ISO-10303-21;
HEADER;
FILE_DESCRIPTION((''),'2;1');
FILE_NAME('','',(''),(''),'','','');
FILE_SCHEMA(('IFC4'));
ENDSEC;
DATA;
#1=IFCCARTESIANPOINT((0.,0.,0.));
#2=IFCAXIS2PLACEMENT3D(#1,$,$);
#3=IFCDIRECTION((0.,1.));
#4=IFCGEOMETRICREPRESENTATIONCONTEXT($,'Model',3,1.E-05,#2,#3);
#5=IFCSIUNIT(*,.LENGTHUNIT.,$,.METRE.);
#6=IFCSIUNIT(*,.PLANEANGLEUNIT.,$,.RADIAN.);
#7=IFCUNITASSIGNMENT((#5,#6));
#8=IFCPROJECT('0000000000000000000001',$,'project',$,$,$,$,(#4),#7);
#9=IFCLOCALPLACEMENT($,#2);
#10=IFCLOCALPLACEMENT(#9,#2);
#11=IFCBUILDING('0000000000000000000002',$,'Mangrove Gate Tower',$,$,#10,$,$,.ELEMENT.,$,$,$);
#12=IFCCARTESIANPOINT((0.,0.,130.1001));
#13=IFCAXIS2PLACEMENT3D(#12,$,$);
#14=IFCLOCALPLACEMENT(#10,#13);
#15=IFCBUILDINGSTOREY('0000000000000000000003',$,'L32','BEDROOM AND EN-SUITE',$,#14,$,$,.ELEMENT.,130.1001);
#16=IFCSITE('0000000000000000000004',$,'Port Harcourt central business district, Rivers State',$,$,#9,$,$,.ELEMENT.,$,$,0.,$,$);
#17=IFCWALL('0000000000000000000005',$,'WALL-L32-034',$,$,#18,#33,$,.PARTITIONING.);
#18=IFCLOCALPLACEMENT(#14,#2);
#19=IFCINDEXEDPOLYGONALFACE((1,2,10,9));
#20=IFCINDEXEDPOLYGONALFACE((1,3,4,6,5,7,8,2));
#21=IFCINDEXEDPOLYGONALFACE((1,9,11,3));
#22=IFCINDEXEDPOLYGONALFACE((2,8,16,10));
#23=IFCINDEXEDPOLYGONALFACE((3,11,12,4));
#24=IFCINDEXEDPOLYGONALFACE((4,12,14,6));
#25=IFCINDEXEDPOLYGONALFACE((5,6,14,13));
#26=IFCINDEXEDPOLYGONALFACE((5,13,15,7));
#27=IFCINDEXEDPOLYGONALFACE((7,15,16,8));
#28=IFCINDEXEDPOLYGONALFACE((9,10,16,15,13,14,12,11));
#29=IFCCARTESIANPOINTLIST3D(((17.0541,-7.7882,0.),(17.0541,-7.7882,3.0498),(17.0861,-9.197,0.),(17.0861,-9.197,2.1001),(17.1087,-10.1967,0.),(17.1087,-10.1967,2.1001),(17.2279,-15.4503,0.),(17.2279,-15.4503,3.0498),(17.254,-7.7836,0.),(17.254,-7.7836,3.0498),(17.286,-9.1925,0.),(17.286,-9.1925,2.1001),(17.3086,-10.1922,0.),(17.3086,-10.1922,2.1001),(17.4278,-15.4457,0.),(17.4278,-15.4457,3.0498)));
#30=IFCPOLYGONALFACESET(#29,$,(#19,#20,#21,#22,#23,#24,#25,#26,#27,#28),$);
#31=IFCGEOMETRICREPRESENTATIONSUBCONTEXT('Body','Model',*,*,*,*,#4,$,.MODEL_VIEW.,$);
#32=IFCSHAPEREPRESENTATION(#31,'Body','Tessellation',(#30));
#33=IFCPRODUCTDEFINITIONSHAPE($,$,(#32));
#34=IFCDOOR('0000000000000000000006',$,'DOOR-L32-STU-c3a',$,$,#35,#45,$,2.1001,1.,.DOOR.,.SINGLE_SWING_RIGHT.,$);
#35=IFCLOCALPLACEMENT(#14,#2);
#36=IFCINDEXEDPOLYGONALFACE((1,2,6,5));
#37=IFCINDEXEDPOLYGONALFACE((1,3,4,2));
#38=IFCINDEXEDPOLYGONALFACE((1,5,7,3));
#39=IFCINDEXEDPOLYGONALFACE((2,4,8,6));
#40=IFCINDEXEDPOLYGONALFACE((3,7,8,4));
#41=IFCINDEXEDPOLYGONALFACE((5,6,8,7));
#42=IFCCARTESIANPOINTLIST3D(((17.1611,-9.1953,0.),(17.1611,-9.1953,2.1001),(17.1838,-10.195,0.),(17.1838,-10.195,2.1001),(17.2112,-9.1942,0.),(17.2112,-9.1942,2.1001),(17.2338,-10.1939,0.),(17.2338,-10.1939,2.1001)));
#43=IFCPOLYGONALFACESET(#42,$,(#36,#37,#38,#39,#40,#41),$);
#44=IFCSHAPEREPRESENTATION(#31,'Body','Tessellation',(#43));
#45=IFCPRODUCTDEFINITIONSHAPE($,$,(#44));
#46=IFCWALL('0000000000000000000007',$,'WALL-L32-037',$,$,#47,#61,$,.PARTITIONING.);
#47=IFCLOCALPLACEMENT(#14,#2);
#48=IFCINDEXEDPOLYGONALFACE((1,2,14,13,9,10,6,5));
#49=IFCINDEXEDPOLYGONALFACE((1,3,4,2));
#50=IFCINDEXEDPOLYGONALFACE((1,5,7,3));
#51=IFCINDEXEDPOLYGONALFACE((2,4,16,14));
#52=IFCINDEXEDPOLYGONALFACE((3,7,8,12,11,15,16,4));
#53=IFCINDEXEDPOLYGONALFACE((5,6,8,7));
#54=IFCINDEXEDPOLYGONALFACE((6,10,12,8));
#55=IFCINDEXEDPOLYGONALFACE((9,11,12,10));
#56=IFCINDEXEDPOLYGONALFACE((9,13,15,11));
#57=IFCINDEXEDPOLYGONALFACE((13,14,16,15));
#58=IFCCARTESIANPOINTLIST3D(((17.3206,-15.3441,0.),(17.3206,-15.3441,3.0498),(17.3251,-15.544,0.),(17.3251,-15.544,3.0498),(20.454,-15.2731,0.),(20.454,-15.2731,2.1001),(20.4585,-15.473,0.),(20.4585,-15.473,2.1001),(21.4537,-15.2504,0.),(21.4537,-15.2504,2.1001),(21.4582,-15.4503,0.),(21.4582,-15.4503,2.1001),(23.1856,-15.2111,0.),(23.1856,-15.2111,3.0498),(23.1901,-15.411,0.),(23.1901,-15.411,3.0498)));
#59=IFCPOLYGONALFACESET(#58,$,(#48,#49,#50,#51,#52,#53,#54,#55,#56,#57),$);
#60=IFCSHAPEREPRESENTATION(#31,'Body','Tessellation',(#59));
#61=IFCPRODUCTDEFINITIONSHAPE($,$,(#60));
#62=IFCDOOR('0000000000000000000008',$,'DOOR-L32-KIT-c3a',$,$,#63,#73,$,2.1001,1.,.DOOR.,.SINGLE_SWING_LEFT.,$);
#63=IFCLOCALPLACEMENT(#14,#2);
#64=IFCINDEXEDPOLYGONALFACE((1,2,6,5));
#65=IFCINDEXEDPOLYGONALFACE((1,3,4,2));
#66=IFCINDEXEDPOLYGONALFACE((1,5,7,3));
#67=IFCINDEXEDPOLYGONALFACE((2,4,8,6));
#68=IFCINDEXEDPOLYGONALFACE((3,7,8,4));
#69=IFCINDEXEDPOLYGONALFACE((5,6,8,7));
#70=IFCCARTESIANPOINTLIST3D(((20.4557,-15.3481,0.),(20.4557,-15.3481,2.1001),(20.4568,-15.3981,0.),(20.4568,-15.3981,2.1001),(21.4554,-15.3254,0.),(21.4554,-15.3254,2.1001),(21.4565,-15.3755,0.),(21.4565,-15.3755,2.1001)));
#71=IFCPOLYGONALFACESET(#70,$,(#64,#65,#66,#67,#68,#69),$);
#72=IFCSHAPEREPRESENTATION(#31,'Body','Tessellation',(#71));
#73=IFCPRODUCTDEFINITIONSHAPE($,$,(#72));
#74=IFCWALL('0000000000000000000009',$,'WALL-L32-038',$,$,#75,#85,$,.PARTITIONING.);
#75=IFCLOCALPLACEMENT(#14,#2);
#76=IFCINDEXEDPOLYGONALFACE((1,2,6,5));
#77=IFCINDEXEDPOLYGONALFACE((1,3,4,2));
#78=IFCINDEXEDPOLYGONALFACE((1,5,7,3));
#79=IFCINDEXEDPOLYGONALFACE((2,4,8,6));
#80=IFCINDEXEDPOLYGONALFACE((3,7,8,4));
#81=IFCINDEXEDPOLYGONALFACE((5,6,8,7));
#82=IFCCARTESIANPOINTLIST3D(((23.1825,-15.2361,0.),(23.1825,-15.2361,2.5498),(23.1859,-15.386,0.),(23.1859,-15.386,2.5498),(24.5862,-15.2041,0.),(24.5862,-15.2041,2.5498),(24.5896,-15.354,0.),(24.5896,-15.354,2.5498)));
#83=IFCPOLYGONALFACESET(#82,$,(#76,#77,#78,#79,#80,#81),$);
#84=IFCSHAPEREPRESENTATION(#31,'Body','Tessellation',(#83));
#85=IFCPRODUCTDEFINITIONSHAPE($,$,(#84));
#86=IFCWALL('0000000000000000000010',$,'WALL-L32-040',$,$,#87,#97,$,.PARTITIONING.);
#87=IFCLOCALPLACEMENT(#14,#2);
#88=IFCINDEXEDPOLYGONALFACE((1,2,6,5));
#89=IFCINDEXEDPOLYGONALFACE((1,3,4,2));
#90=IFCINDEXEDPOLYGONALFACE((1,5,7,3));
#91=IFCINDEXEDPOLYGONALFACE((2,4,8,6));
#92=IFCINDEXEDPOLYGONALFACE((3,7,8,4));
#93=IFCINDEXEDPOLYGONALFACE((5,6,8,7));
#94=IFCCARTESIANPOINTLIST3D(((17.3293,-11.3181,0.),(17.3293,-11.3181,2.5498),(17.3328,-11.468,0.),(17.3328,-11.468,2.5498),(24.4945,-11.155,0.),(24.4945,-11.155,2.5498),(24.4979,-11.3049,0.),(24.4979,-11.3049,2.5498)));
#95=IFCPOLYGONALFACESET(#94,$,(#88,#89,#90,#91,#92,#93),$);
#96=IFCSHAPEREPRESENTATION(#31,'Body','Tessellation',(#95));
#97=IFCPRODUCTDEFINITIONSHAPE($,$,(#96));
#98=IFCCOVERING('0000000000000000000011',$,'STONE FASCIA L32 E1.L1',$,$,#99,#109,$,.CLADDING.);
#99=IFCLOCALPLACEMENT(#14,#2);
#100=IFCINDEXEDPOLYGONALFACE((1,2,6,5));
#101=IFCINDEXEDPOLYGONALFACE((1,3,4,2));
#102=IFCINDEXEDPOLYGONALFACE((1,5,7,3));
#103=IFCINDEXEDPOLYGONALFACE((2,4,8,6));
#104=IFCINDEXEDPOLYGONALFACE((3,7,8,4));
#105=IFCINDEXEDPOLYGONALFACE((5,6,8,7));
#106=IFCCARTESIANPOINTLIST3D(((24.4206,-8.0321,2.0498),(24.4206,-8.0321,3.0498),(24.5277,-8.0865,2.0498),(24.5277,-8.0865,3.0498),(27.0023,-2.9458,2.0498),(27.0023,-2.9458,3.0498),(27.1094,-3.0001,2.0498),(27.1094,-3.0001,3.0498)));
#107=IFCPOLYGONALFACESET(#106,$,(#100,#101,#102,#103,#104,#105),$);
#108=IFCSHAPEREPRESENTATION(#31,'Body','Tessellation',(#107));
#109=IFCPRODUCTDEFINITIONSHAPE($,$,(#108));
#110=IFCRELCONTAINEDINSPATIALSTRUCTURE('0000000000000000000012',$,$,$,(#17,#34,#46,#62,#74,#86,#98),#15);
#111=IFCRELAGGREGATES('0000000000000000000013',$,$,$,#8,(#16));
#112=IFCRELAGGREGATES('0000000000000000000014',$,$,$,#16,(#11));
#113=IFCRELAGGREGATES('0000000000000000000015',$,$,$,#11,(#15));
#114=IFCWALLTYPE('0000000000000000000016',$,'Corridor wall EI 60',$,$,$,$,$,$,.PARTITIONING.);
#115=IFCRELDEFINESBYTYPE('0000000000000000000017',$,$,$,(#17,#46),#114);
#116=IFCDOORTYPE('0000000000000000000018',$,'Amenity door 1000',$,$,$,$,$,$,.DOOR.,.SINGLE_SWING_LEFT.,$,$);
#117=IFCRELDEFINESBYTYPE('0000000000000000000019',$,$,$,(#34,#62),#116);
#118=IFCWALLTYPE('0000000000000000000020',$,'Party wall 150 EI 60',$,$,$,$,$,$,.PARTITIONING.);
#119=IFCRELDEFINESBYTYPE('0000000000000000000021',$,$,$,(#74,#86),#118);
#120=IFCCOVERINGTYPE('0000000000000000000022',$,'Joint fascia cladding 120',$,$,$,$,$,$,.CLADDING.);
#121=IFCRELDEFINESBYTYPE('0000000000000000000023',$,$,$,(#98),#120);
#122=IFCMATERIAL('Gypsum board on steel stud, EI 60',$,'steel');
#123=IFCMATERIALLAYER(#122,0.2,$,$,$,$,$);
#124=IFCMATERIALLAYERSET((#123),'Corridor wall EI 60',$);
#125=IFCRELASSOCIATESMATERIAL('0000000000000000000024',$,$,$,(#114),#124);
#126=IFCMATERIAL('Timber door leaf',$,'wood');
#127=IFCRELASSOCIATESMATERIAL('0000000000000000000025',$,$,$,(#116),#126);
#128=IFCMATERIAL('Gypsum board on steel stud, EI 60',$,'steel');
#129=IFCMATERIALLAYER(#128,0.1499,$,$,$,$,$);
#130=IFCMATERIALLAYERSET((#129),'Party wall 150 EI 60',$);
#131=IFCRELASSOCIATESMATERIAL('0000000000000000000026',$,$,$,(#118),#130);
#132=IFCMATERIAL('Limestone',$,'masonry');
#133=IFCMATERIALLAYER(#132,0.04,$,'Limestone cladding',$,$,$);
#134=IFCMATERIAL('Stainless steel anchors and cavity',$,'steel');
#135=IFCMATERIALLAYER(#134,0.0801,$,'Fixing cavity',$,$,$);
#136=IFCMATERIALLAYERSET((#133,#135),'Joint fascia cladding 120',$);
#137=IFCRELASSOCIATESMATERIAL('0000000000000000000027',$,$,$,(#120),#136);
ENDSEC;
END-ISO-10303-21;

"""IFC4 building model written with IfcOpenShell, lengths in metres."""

from ifc_helpers import new_model, si_unit, direction, frame, frame_2d, origin, place, context, subcontext, project, spatial, rectangle, extrude, material, layer, layer_set, type_object, element, fill, save


model = new_model("IFC4")

# Units and contexts
model_context = context("Model", 3, precision=1e-05, world=origin(), true_north=direction((0.0, 1.0)))
body_context = subcontext(model_context, "Body", "Model", "MODEL_VIEW")
ifc_project = project(units=[si_unit("LENGTHUNIT", "METRE"), si_unit("PLANEANGLEUNIT", "RADIAN")], contexts=[model_context])

# Site, building, storey
site_placement = place(None, origin())
site = spatial("IfcSite", under=ifc_project, at=site_placement, Name="Port Harcourt central business district, Rivers State", CompositionType="ELEMENT", RefElevation=0.0)
building_placement = place(site_placement, origin())
building = spatial("IfcBuilding", under=site, at=building_placement, Name="Mangrove Gate Tower", CompositionType="ELEMENT")
storey_placement = place(building_placement, frame((0.0, 0.0, 130.1001)))
storey = spatial("IfcBuildingStorey", under=building, at=storey_placement, Name="L32", Description="BEDROOM AND EN-SUITE", CompositionType="ELEMENT", Elevation=130.1001)

# Walls, openings, doors
ifc_material_1 = material(Name="Gypsum board on steel stud, EI 60", Category="steel")
ifc_layer_1 = layer(ifc_material_1, 0.2)
ifc_layer_set_1 = layer_set([ifc_layer_1], Name="Corridor wall EI 60")
wall_type_1 = type_object("IfcWallType", Name="Corridor wall EI 60", PredefinedType="PARTITIONING", material=ifc_layer_set_1)
wall_1_placement = place(storey_placement, frame((17.3279, -15.448, 0.0), z_axis=(0.0, 0.0, 1.0), x_axis=(-0.022681, 0.999743, 0.0)))
wall_1 = element("IfcWall", 1, at=wall_1_placement, inside=storey, type_object=wall_type_1, Name="WALL-L32-034", PredefinedType="PARTITIONING", context=body_context, shape_type="SweptSolid", body=[
    extrude(rectangle(XDim=7.6641, YDim=0.2, at=frame_2d((3.832, 0.0))), origin(), (0.0, 0.0, 1.0), 3.0498),
])
opening_1_placement = place(wall_1_placement, frame((5.2549, 0.0, 0.0)))
opening_1 = element("IfcOpeningElement", 2, at=opening_1_placement, cuts=wall_1, PredefinedType="OPENING", context=body_context, shape_type="SweptSolid", body=[
    extrude(rectangle(XDim=1.0, YDim=2.1001, at=frame_2d((0.5, 1.05))), frame((0.0, 0.1099, 0.0), z_axis=(0.0, -1.0, 0.0), x_axis=(1.0, 0.0, 0.0)), (0.0, 0.0, 1.0), 0.22),
])
ifc_material_2 = material(Name="Timber door leaf", Category="wood")
door_type = type_object("IfcDoorType", Name="Amenity door 1000", OperationType="SINGLE_SWING_LEFT", PredefinedType="DOOR", material=ifc_material_2)
door_1_placement = place(opening_1_placement, origin())
door_1 = element("IfcDoor", 3, at=door_1_placement, inside=storey, type_object=door_type, Name="DOOR-L32-STU-c3a", OperationType="SINGLE_SWING_RIGHT", OverallHeight=2.1001, OverallWidth=1.0, PredefinedType="DOOR", context=body_context, shape_type="SweptSolid", body=[
    extrude(rectangle(XDim=1.0, YDim=2.1001, at=frame_2d((0.5, 1.05))), frame((0.0, 0.0249, 0.0), z_axis=(0.0, -1.0, 0.0), x_axis=(1.0, 0.0, 0.0)), (0.0, 0.0, 1.0), 0.05),
])
fill(opening_1, door_1)
wall_2_placement = place(storey_placement, frame((17.323, -15.4441, 0.0), z_axis=(0.0, 0.0, 1.0), x_axis=(0.999743, 0.022681, 0.0)))
wall_2 = element("IfcWall", 4, at=wall_2_placement, inside=storey, type_object=wall_type_1, Name="WALL-L32-037", PredefinedType="PARTITIONING", context=body_context, shape_type="SweptSolid", body=[
    extrude(rectangle(XDim=5.8665, YDim=0.2, at=frame_2d((2.9331, 0.0))), origin(), (0.0, 0.0, 1.0), 3.0498),
])
opening_2_placement = place(wall_2_placement, frame((3.134, 0.0, 0.0)))
opening_2 = element("IfcOpeningElement", 5, at=opening_2_placement, cuts=wall_2, PredefinedType="OPENING", context=body_context, shape_type="SweptSolid", body=[
    extrude(rectangle(XDim=1.0, YDim=2.1001, at=frame_2d((0.5, 1.05))), frame((0.0, 0.1099, 0.0), z_axis=(0.0, -1.0, 0.0), x_axis=(1.0, 0.0, 0.0)), (0.0, 0.0, 1.0), 0.22),
])
door_2_placement = place(opening_2_placement, origin())
door_2 = element("IfcDoor", 6, at=door_2_placement, inside=storey, type_object=door_type, Name="DOOR-L32-KIT-c3a", OperationType="SINGLE_SWING_LEFT", OverallHeight=2.1001, OverallWidth=1.0, PredefinedType="DOOR", context=body_context, shape_type="SweptSolid", body=[
    extrude(rectangle(XDim=1.0, YDim=2.1001, at=frame_2d((0.5, 1.05))), frame((0.0, 0.0249, 0.0), z_axis=(0.0, -1.0, 0.0), x_axis=(1.0, 0.0, 0.0)), (0.0, 0.0, 1.0), 0.05),
])
fill(opening_2, door_2)

# Walls
ifc_material_3 = material(Name="Gypsum board on steel stud, EI 60", Category="steel")
ifc_layer_2 = layer(ifc_material_3, 0.1499)
ifc_layer_set_2 = layer_set([ifc_layer_2], Name="Party wall 150 EI 60")
wall_type_2 = type_object("IfcWallType", Name="Party wall 150 EI 60", PredefinedType="PARTITIONING", material=ifc_layer_set_2)
wall_3_placement = place(storey_placement, frame((23.1841, -15.311, 0.0), z_axis=(0.0, 0.0, 1.0), x_axis=(0.999741, 0.022777, 0.0)))
element("IfcWall", 7, at=wall_3_placement, inside=storey, type_object=wall_type_2, Name="WALL-L32-038", PredefinedType="PARTITIONING", context=body_context, shape_type="SweptSolid", body=[
    extrude(rectangle(XDim=1.4041, YDim=0.1499, at=frame_2d((0.7021, 0.0))), origin(), (0.0, 0.0, 1.0), 2.5498),
])
wall_4_placement = place(storey_placement, frame((17.3311, -11.3931, 0.0), z_axis=(0.0, 0.0, 1.0), x_axis=(0.999741, 0.022755, 0.0)))
element("IfcWall", 8, at=wall_4_placement, inside=storey, type_object=wall_type_2, Name="WALL-L32-040", PredefinedType="PARTITIONING", context=body_context, shape_type="SweptSolid", body=[
    extrude(rectangle(XDim=7.167, YDim=0.1499, at=frame_2d((3.5835, 0.0))), origin(), (0.0, 0.0, 1.0), 2.5498),
])

# Covering
ifc_material_4 = material(Name="Limestone", Category="masonry")
ifc_layer_3 = layer(ifc_material_4, 0.04, Name="Limestone cladding")
ifc_material_5 = material(Name="Stainless steel anchors and cavity", Category="steel")
ifc_layer_4 = layer(ifc_material_5, 0.0801, Name="Fixing cavity")
ifc_layer_set_3 = layer_set([ifc_layer_3, ifc_layer_4], Name="Joint fascia cladding 120")
covering_type = type_object("IfcCoveringType", Name="Joint fascia cladding 120", PredefinedType="CLADDING", material=ifc_layer_set_3)
covering_placement = place(storey_placement, frame((24.4741, -8.0593, 2.0498), z_axis=(0.0, 0.0, 1.0), x_axis=(0.452615, 0.891706, 0.0)))
element("IfcCovering", 9, at=covering_placement, inside=storey, type_object=covering_type, Name="STONE FASCIA L32 E1.L1", PredefinedType="CLADDING", context=body_context, shape_type="SweptSolid", body=[
    extrude(rectangle(XDim=5.7041, YDim=0.1201, at=frame_2d((2.8521, 0.0))), origin(), (0.0, 0.0, 1.0), 1.0),
])

save(model, "model.ifc")
